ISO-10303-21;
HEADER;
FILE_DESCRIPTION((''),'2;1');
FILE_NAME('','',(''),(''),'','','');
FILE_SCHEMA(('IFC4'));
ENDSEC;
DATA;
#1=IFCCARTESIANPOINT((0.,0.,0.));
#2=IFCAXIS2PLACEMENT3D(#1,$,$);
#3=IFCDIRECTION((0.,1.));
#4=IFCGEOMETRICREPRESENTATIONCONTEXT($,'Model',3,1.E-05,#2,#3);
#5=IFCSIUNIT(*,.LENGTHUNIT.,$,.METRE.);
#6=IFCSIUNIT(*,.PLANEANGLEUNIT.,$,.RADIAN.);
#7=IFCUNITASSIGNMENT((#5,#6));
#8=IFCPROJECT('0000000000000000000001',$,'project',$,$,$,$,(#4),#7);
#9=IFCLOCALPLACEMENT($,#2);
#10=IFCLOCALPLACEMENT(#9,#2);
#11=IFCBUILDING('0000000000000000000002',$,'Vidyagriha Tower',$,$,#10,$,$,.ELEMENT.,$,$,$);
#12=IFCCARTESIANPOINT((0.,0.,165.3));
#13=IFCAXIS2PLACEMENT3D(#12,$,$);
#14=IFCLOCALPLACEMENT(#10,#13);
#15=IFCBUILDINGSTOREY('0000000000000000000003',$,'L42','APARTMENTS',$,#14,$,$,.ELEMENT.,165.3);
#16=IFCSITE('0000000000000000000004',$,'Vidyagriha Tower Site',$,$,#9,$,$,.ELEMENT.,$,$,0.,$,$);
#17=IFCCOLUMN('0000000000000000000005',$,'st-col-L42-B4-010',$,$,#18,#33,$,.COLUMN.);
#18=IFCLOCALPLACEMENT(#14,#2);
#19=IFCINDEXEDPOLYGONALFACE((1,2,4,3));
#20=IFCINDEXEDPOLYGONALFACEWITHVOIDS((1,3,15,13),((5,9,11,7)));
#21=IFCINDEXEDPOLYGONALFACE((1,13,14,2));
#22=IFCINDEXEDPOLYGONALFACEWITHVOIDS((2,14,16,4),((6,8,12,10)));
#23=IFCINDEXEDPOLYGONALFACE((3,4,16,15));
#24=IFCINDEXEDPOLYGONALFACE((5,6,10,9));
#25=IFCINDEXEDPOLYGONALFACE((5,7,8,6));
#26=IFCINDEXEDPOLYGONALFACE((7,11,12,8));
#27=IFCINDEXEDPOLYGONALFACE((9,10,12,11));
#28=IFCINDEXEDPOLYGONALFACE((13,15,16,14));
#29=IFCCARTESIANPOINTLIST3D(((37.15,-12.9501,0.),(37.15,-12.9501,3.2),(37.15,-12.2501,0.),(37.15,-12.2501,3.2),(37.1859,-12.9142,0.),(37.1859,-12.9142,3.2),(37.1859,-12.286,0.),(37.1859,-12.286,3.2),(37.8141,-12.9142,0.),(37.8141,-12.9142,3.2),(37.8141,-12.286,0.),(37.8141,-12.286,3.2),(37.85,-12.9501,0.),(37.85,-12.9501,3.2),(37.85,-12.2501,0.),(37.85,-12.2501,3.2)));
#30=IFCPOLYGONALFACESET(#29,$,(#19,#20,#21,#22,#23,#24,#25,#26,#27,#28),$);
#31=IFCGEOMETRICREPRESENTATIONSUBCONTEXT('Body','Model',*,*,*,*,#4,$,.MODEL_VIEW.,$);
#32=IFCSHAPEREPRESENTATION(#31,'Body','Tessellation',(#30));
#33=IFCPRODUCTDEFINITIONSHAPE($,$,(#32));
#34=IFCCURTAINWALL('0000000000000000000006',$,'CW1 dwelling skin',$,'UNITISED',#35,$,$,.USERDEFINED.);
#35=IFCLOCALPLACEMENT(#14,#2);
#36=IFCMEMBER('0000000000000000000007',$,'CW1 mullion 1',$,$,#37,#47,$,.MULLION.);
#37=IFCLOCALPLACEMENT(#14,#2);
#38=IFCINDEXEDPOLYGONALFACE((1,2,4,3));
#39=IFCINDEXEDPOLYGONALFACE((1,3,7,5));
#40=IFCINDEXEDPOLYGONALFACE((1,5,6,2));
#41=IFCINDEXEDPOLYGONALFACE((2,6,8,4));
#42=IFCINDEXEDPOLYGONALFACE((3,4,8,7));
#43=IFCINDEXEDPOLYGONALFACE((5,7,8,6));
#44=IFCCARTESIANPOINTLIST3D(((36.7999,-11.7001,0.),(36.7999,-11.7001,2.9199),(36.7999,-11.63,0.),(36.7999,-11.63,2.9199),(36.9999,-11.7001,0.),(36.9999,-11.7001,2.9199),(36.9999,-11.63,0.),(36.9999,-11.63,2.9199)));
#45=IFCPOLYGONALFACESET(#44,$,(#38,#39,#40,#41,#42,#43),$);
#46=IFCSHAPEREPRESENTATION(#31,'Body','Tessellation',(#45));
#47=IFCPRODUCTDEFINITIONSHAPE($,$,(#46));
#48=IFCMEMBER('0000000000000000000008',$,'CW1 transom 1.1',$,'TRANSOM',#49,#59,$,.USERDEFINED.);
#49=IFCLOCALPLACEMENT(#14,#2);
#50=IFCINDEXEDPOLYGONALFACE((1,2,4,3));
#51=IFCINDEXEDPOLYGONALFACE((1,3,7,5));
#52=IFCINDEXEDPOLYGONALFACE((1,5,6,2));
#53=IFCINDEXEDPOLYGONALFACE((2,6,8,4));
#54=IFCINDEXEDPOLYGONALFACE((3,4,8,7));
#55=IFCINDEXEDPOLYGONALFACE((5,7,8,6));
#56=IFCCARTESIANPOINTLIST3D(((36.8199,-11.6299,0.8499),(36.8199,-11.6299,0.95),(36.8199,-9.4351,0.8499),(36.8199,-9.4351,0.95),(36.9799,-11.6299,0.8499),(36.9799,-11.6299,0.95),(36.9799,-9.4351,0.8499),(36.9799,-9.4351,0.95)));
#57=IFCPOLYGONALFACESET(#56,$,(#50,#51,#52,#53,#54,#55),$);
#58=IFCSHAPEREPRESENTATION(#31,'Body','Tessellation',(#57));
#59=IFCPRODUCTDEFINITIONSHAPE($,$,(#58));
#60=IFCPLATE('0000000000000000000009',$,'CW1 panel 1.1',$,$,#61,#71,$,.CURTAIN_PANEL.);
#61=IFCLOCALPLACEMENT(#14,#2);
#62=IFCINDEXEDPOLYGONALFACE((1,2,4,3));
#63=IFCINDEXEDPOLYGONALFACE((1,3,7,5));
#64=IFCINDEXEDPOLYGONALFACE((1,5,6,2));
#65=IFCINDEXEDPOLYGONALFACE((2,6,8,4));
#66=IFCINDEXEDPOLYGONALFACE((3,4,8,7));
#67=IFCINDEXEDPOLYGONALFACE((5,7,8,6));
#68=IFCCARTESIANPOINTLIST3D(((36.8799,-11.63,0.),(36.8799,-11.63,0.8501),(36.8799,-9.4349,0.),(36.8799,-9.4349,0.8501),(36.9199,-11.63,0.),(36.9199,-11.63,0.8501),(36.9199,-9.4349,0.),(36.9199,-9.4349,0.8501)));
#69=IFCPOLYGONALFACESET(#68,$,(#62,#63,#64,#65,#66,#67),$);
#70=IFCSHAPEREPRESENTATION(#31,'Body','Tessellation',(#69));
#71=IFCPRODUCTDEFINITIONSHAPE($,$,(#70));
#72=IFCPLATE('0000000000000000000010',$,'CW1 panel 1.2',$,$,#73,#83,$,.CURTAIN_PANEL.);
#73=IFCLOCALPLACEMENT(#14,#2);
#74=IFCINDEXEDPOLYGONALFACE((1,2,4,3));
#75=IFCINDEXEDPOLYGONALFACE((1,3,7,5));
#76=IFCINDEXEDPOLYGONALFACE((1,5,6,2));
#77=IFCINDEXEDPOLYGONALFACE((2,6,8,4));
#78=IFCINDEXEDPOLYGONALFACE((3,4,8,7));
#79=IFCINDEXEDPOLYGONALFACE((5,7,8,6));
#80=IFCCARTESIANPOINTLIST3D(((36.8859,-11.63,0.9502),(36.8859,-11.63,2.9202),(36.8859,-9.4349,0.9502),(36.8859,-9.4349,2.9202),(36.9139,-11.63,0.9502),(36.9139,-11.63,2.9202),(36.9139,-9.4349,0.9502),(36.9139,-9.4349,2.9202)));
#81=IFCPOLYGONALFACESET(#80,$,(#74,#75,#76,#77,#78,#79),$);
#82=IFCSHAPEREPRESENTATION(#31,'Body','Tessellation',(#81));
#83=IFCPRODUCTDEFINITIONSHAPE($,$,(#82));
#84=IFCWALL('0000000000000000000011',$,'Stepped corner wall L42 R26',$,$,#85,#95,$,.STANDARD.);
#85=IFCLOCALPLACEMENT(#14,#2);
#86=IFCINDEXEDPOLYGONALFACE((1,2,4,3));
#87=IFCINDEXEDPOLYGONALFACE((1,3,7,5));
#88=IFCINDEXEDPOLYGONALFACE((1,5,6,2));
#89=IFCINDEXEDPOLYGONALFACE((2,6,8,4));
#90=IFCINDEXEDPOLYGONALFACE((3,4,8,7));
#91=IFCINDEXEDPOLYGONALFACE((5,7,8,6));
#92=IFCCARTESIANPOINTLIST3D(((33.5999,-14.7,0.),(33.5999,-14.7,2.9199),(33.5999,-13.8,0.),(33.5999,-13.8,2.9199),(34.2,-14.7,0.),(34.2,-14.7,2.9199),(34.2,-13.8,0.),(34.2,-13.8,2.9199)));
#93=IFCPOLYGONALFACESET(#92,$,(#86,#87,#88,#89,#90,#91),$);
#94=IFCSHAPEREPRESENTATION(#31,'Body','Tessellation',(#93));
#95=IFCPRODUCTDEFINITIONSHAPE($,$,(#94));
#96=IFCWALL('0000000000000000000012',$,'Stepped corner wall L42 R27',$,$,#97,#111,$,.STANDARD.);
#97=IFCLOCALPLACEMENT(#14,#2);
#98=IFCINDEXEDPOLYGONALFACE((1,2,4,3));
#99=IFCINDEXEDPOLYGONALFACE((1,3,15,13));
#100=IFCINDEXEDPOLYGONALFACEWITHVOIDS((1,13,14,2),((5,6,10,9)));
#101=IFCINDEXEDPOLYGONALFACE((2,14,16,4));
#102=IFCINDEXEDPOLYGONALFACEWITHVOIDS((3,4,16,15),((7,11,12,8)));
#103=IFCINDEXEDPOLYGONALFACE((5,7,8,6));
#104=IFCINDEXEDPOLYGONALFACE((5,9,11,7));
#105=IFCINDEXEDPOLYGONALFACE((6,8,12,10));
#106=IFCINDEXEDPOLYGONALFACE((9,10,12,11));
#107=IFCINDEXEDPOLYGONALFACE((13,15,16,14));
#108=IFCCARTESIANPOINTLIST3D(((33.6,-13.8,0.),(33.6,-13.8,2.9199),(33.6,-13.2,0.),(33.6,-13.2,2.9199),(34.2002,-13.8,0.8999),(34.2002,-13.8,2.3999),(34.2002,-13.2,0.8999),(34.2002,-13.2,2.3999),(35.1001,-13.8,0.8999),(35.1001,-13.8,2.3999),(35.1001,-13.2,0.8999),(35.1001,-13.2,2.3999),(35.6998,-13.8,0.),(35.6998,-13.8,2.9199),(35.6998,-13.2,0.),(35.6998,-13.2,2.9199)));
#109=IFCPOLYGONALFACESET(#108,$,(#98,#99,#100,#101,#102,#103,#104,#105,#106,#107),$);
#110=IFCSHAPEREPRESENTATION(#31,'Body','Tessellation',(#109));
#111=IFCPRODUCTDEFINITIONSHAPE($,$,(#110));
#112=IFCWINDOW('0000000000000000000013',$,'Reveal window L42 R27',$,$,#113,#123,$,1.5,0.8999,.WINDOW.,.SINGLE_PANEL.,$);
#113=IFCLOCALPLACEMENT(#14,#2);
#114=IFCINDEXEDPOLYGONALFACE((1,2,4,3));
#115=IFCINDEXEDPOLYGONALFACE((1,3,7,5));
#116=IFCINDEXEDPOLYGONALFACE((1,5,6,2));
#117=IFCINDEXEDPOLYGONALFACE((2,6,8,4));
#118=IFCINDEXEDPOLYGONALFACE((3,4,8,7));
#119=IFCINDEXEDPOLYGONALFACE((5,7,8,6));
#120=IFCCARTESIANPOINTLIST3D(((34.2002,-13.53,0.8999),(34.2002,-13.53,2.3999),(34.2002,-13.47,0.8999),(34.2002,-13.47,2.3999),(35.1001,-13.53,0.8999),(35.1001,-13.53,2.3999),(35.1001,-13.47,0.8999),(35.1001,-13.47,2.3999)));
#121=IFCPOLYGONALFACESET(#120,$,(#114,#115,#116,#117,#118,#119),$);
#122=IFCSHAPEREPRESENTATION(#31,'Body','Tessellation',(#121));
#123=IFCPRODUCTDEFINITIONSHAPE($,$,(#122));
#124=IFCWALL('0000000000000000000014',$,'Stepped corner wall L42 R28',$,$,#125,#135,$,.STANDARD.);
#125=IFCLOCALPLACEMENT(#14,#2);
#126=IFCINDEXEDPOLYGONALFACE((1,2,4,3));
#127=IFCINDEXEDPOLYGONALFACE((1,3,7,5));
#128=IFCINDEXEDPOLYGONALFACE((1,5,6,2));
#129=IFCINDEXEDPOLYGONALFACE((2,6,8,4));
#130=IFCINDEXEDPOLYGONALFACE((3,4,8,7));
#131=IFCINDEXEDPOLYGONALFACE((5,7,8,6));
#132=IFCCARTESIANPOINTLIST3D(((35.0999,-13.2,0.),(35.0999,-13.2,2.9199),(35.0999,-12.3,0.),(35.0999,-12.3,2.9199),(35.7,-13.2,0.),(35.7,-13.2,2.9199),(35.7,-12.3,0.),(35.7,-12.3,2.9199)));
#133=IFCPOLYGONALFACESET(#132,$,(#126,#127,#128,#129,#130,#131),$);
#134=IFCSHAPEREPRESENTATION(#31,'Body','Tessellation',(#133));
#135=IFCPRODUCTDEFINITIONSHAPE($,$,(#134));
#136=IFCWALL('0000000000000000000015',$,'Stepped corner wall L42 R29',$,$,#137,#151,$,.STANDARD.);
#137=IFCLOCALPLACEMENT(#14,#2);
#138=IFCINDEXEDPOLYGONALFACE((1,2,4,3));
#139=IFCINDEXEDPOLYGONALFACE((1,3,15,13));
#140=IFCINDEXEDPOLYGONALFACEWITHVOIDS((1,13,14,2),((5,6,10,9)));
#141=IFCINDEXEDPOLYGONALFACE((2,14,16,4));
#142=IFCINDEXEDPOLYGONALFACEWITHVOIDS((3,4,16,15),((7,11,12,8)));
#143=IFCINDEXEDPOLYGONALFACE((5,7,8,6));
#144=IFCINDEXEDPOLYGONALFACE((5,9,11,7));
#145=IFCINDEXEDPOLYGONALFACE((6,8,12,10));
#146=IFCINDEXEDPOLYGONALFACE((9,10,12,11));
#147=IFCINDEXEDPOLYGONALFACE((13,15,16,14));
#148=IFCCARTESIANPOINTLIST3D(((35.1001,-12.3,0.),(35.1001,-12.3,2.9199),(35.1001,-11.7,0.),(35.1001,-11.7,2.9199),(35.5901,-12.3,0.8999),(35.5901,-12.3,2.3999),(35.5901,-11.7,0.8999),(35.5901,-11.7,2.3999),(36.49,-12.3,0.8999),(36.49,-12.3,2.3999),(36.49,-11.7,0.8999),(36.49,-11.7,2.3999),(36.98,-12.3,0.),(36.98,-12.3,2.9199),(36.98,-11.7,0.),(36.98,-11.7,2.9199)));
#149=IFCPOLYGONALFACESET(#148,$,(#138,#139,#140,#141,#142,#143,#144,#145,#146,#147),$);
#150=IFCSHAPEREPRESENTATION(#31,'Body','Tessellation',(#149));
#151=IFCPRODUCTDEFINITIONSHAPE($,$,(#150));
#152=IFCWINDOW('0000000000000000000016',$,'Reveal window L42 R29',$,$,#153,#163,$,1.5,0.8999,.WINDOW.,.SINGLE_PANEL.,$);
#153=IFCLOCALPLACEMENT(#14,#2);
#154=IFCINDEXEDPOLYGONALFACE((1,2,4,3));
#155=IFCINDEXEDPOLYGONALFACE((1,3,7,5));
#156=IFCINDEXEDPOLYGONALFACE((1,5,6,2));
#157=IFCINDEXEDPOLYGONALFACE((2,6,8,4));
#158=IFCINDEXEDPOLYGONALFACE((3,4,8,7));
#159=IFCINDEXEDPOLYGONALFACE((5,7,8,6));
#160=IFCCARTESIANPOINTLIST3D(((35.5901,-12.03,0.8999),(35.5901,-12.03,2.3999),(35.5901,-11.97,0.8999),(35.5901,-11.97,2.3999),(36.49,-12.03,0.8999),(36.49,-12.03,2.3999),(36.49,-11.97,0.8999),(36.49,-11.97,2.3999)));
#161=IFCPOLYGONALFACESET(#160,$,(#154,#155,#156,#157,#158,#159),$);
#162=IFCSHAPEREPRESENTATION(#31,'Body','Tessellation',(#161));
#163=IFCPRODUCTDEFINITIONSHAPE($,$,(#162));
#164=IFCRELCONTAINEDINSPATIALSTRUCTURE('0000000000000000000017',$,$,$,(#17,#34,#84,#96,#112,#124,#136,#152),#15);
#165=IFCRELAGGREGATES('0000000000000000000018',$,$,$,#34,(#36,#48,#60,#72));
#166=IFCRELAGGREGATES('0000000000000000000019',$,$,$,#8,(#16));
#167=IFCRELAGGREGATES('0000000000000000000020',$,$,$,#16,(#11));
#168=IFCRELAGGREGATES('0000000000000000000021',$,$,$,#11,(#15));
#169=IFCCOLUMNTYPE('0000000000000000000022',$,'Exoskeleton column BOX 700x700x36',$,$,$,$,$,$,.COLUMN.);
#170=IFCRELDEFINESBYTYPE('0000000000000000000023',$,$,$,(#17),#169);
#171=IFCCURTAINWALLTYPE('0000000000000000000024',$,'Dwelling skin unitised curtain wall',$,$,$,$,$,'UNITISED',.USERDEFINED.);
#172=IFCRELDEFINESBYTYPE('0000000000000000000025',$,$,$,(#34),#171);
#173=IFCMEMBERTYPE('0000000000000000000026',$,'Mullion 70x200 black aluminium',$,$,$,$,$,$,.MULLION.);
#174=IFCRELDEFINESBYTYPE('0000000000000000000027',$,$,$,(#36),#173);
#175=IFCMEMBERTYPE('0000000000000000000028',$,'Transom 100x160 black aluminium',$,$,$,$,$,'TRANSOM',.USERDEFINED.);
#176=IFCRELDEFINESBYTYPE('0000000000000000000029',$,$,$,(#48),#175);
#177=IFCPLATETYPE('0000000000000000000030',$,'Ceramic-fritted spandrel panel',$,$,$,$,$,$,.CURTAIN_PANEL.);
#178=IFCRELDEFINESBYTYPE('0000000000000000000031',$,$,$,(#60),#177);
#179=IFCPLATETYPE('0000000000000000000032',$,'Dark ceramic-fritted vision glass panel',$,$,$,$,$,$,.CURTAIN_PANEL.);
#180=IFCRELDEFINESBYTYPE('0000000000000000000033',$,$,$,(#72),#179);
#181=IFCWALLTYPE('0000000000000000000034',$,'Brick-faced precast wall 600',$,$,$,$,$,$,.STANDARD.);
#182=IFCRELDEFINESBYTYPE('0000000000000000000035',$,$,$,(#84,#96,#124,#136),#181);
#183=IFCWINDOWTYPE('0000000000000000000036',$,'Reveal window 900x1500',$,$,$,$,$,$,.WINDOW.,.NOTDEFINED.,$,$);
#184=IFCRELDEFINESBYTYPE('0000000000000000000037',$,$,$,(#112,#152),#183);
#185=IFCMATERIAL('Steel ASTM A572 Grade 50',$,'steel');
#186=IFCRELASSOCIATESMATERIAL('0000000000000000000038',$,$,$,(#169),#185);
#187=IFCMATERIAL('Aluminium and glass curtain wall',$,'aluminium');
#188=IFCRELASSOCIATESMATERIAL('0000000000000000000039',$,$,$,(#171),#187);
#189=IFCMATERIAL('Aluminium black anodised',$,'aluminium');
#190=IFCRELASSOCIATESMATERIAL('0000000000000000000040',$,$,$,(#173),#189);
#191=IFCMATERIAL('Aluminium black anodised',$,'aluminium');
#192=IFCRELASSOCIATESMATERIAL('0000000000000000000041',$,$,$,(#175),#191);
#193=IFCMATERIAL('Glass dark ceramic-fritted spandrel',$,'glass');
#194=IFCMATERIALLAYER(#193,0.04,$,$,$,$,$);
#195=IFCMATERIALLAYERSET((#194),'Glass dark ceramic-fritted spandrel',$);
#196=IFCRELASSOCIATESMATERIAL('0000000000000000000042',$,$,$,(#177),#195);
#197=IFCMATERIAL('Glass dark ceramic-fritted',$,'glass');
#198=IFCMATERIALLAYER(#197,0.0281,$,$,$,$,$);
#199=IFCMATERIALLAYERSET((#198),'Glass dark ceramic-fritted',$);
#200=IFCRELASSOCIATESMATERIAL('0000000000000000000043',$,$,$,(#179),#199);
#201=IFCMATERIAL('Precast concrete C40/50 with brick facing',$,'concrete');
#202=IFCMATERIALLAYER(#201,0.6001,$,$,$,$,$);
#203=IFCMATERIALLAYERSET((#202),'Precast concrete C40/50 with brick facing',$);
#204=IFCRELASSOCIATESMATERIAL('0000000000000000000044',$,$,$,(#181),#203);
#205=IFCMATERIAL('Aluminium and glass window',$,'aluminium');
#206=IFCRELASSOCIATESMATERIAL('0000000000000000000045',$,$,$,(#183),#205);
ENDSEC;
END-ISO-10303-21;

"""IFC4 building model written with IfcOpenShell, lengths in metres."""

from ifc_helpers import new_model, si_unit, direction, frame, frame_2d, origin, origin_2d, place, context, subcontext, project, spatial, rectangle, hollow_rectangle, extrude, material, layer, layer_set, material_profile, profile_set, type_object, element, fill, aggregate, save


model = new_model("IFC4")

# Units and contexts
model_context = context("Model", 3, precision=1e-05, world=origin(), true_north=direction((0.0, 1.0)))
body_context = subcontext(model_context, "Body", "Model", "MODEL_VIEW")
ifc_project = project(units=[si_unit("LENGTHUNIT", "METRE"), si_unit("PLANEANGLEUNIT", "RADIAN")], contexts=[model_context])

# Site, building, storey
site_placement = place(None, origin())
site = spatial("IfcSite", under=ifc_project, at=site_placement, Name="Vidyagriha Tower Site", CompositionType="ELEMENT", RefElevation=0.0)
building_placement = place(site_placement, origin())
building = spatial("IfcBuilding", under=site, at=building_placement, Name="Vidyagriha Tower", CompositionType="ELEMENT")
storey_placement = place(building_placement, frame((0.0, 0.0, 165.3)))
storey = spatial("IfcBuildingStorey", under=building, at=storey_placement, Name="L42", Description="APARTMENTS", CompositionType="ELEMENT", Elevation=165.3)

# Column
ifc_material_1 = material(Name="Steel ASTM A572 Grade 50", Category="steel")
ifc_material_profile_1 = material_profile(ifc_material_1, hollow_rectangle(XDim=0.7, YDim=0.7, WallThickness=0.0359, at=origin_2d()), Name="BOX 700x700x36")
ifc_profile_set_1 = profile_set([ifc_material_profile_1], Name="Steel ASTM A572 Grade 50")
column_type = type_object("IfcColumnType", Name="Exoskeleton column BOX 700x700x36", PredefinedType="COLUMN", material=ifc_profile_set_1)
column_placement = place(storey_placement, frame((37.5, -12.6001, 0.0)))
element("IfcColumn", 1, at=column_placement, inside=storey, type_object=column_type, Name="st-col-L42-B4-010", PredefinedType="COLUMN", context=body_context, shape_type="SweptSolid", body=[
    extrude(hollow_rectangle(XDim=0.7, YDim=0.7, WallThickness=0.0359, at=origin_2d()), origin(), (0.0, 0.0, 1.0), 3.2),
])

# Curtain wall, members, plates
ifc_material_2 = material(Name="Aluminium and glass curtain wall", Category="aluminium")
curtain_wall_type = type_object("IfcCurtainWallType", Name="Dwelling skin unitised curtain wall", ElementType="UNITISED", PredefinedType="USERDEFINED", material=ifc_material_2)
curtain_wall_placement = place(storey_placement, origin())
curtain_wall = element("IfcCurtainWall", 2, at=curtain_wall_placement, inside=storey, type_object=curtain_wall_type, Name="CW1 dwelling skin", ObjectType="UNITISED", PredefinedType="USERDEFINED")
ifc_material_3 = material(Name="Aluminium black anodised", Category="aluminium")
ifc_material_profile_2 = material_profile(ifc_material_3, rectangle(XDim=0.2, YDim=0.0701, at=origin_2d()), Name="Mullion 70x200 black aluminium")
ifc_profile_set_2 = profile_set([ifc_material_profile_2], Name="Aluminium black anodised")
member_type_1 = type_object("IfcMemberType", Name="Mullion 70x200 black aluminium", PredefinedType="MULLION", material=ifc_profile_set_2)
member_1_placement = place(storey_placement, frame((36.8999, -11.665, 0.0), z_axis=(0.0, 0.0, 1.0), x_axis=(-1.0, 0.0, 0.0)))
member_1 = element("IfcMember", 3, at=member_1_placement, type_object=member_type_1, Name="CW1 mullion 1", PredefinedType="MULLION", context=body_context, shape_type="SweptSolid", body=[
    extrude(rectangle(XDim=0.2, YDim=0.0701, at=origin_2d()), origin(), (0.0, 0.0, 1.0), 2.9199),
])
ifc_material_4 = material(Name="Aluminium black anodised", Category="aluminium")
ifc_material_profile_3 = material_profile(ifc_material_4, rectangle(XDim=0.1599, YDim=0.1001, at=origin_2d()), Name="Transom 100x160 black aluminium")
ifc_profile_set_3 = profile_set([ifc_material_profile_3], Name="Aluminium black anodised")
member_type_2 = type_object("IfcMemberType", Name="Transom 100x160 black aluminium", ElementType="TRANSOM", PredefinedType="USERDEFINED", material=ifc_profile_set_3)
member_2_placement = place(storey_placement, frame((36.8999, -11.6299, 0.8999), z_axis=(0.0, 1.0, 0.0), x_axis=(-1.0, 0.0, 0.0)))
member_2 = element("IfcMember", 4, at=member_2_placement, type_object=member_type_2, Name="CW1 transom 1.1", ObjectType="TRANSOM", PredefinedType="USERDEFINED", context=body_context, shape_type="SweptSolid", body=[
    extrude(rectangle(XDim=0.1599, YDim=0.1001, at=origin_2d()), origin(), (0.0, 0.0, 1.0), 2.1948),
])
ifc_material_5 = material(Name="Glass dark ceramic-fritted spandrel", Category="glass")
ifc_layer_1 = layer(ifc_material_5, 0.04)
ifc_layer_set_1 = layer_set([ifc_layer_1], Name="Glass dark ceramic-fritted spandrel")
plate_type_1 = type_object("IfcPlateType", Name="Ceramic-fritted spandrel panel", PredefinedType="CURTAIN_PANEL", material=ifc_layer_set_1)
plate_1_placement = place(storey_placement, frame((36.8999, -10.5325, 0.0), z_axis=(0.0, 0.0, 1.0), x_axis=(0.0, 1.0, 0.0)))
plate_1 = element("IfcPlate", 5, at=plate_1_placement, type_object=plate_type_1, Name="CW1 panel 1.1", PredefinedType="CURTAIN_PANEL", context=body_context, shape_type="SweptSolid", body=[
    extrude(rectangle(XDim=2.1951, YDim=0.04, at=origin_2d()), origin(), (0.0, 0.0, 1.0), 0.8501),
])
ifc_material_6 = material(Name="Glass dark ceramic-fritted", Category="glass")
ifc_layer_2 = layer(ifc_material_6, 0.0281)
ifc_layer_set_2 = layer_set([ifc_layer_2], Name="Glass dark ceramic-fritted")
plate_type_2 = type_object("IfcPlateType", Name="Dark ceramic-fritted vision glass panel", PredefinedType="CURTAIN_PANEL", material=ifc_layer_set_2)
plate_2_placement = place(storey_placement, frame((36.8999, -10.5325, 0.9502), z_axis=(0.0, 0.0, 1.0), x_axis=(0.0, 1.0, 0.0)))
plate_2 = element("IfcPlate", 6, at=plate_2_placement, type_object=plate_type_2, Name="CW1 panel 1.2", PredefinedType="CURTAIN_PANEL", context=body_context, shape_type="SweptSolid", body=[
    extrude(rectangle(XDim=2.1951, YDim=0.0281, at=origin_2d()), origin(), (0.0, 0.0, 1.0), 1.97),
])
aggregate(curtain_wall, [member_1, member_2, plate_1, plate_2])

# Wall
ifc_material_7 = material(Name="Precast concrete C40/50 with brick facing", Category="concrete")
ifc_layer_3 = layer(ifc_material_7, 0.6001)
ifc_layer_set_3 = layer_set([ifc_layer_3], Name="Precast concrete C40/50 with brick facing")
wall_type_1 = type_object("IfcWallType", Name="Brick-faced precast wall 600", PredefinedType="STANDARD", material=ifc_layer_set_3)
wall_1_placement = place(storey_placement, frame((33.8999, -14.7, 0.0), z_axis=(0.0, 0.0, 1.0), x_axis=(0.0, 1.0, 0.0)))
element("IfcWall", 7, at=wall_1_placement, inside=storey, type_object=wall_type_1, Name="Stepped corner wall L42 R26", PredefinedType="STANDARD", context=body_context, shape_type="SweptSolid", body=[
    extrude(rectangle(XDim=0.8999, YDim=0.6001, at=frame_2d((0.45, 0.0))), origin(), (0.0, 0.0, 1.0), 2.9199),
])

# Wall, opening, window
wall_2_placement = place(storey_placement, frame((33.6001, -13.5, 0.0)))
wall_2 = element("IfcWall", 8, at=wall_2_placement, inside=storey, type_object=wall_type_1, Name="Stepped corner wall L42 R27", PredefinedType="STANDARD", context=body_context, shape_type="SweptSolid", body=[
    extrude(rectangle(XDim=2.0999, YDim=0.6001, at=frame_2d((1.0498, 0.0))), origin(), (0.0, 0.0, 1.0), 2.9199),
])
opening_1_placement = place(wall_2_placement, frame((0.6001, 0.0, 0.8999)))
opening_1 = element("IfcOpeningElement", 9, at=opening_1_placement, cuts=wall_2, PredefinedType="OPENING", context=body_context, shape_type="SweptSolid", body=[
    extrude(rectangle(XDim=0.8999, YDim=1.5, at=frame_2d((0.45, 0.75))), frame((0.0, 0.3101, 0.0), z_axis=(0.0, -1.0, 0.0), x_axis=(1.0, 0.0, 0.0)), (0.0, 0.0, 1.0), 0.6201),
])
ifc_material_8 = material(Name="Aluminium and glass window", Category="aluminium")
window_type = type_object("IfcWindowType", Name="Reveal window 900x1500", PartitioningType="NOTDEFINED", PredefinedType="WINDOW", material=ifc_material_8)
window_1_placement = place(opening_1_placement, origin())
window_1 = element("IfcWindow", 10, at=window_1_placement, inside=storey, type_object=window_type, Name="Reveal window L42 R27", OverallHeight=1.5, OverallWidth=0.8999, PartitioningType="SINGLE_PANEL", PredefinedType="WINDOW", context=body_context, shape_type="SweptSolid", body=[
    extrude(rectangle(XDim=0.8999, YDim=1.5, at=frame_2d((0.45, 0.75))), frame((0.0, 0.03, 0.0), z_axis=(0.0, -1.0, 0.0), x_axis=(1.0, 0.0, 0.0)), (0.0, 0.0, 1.0), 0.0601),
])
fill(opening_1, window_1)

# Wall
wall_3_placement = place(storey_placement, frame((35.3999, -13.2, 0.0), z_axis=(0.0, 0.0, 1.0), x_axis=(0.0, 1.0, 0.0)))
element("IfcWall", 11, at=wall_3_placement, inside=storey, type_object=wall_type_1, Name="Stepped corner wall L42 R28", PredefinedType="STANDARD", context=body_context, shape_type="SweptSolid", body=[
    extrude(rectangle(XDim=0.8999, YDim=0.6001, at=frame_2d((0.45, 0.0))), origin(), (0.0, 0.0, 1.0), 2.9199),
])

# Wall, opening, window
wall_4_placement = place(storey_placement, frame((35.1001, -12.0, 0.0)))
wall_4 = element("IfcWall", 12, at=wall_4_placement, inside=storey, type_object=wall_type_1, Name="Stepped corner wall L42 R29", PredefinedType="STANDARD", context=body_context, shape_type="SweptSolid", body=[
    extrude(rectangle(XDim=1.8799, YDim=0.6001, at=frame_2d((0.9399, 0.0))), origin(), (0.0, 0.0, 1.0), 2.9199),
])
opening_2_placement = place(wall_4_placement, frame((0.49, 0.0, 0.8999)))
opening_2 = element("IfcOpeningElement", 13, at=opening_2_placement, cuts=wall_4, PredefinedType="OPENING", context=body_context, shape_type="SweptSolid", body=[
    extrude(rectangle(XDim=0.8999, YDim=1.5, at=frame_2d((0.45, 0.75))), frame((0.0, 0.3101, 0.0), z_axis=(0.0, -1.0, 0.0), x_axis=(1.0, 0.0, 0.0)), (0.0, 0.0, 1.0), 0.6201),
])
window_2_placement = place(opening_2_placement, origin())
window_2 = element("IfcWindow", 14, at=window_2_placement, inside=storey, type_object=window_type, Name="Reveal window L42 R29", OverallHeight=1.5, OverallWidth=0.8999, PartitioningType="SINGLE_PANEL", PredefinedType="WINDOW", context=body_context, shape_type="SweptSolid", body=[
    extrude(rectangle(XDim=0.8999, YDim=1.5, at=frame_2d((0.45, 0.75))), frame((0.0, 0.03, 0.0), z_axis=(0.0, -1.0, 0.0), x_axis=(1.0, 0.0, 0.0)), (0.0, 0.0, 1.0), 0.0601),
])
fill(opening_2, window_2)

save(model, "model.ifc")
